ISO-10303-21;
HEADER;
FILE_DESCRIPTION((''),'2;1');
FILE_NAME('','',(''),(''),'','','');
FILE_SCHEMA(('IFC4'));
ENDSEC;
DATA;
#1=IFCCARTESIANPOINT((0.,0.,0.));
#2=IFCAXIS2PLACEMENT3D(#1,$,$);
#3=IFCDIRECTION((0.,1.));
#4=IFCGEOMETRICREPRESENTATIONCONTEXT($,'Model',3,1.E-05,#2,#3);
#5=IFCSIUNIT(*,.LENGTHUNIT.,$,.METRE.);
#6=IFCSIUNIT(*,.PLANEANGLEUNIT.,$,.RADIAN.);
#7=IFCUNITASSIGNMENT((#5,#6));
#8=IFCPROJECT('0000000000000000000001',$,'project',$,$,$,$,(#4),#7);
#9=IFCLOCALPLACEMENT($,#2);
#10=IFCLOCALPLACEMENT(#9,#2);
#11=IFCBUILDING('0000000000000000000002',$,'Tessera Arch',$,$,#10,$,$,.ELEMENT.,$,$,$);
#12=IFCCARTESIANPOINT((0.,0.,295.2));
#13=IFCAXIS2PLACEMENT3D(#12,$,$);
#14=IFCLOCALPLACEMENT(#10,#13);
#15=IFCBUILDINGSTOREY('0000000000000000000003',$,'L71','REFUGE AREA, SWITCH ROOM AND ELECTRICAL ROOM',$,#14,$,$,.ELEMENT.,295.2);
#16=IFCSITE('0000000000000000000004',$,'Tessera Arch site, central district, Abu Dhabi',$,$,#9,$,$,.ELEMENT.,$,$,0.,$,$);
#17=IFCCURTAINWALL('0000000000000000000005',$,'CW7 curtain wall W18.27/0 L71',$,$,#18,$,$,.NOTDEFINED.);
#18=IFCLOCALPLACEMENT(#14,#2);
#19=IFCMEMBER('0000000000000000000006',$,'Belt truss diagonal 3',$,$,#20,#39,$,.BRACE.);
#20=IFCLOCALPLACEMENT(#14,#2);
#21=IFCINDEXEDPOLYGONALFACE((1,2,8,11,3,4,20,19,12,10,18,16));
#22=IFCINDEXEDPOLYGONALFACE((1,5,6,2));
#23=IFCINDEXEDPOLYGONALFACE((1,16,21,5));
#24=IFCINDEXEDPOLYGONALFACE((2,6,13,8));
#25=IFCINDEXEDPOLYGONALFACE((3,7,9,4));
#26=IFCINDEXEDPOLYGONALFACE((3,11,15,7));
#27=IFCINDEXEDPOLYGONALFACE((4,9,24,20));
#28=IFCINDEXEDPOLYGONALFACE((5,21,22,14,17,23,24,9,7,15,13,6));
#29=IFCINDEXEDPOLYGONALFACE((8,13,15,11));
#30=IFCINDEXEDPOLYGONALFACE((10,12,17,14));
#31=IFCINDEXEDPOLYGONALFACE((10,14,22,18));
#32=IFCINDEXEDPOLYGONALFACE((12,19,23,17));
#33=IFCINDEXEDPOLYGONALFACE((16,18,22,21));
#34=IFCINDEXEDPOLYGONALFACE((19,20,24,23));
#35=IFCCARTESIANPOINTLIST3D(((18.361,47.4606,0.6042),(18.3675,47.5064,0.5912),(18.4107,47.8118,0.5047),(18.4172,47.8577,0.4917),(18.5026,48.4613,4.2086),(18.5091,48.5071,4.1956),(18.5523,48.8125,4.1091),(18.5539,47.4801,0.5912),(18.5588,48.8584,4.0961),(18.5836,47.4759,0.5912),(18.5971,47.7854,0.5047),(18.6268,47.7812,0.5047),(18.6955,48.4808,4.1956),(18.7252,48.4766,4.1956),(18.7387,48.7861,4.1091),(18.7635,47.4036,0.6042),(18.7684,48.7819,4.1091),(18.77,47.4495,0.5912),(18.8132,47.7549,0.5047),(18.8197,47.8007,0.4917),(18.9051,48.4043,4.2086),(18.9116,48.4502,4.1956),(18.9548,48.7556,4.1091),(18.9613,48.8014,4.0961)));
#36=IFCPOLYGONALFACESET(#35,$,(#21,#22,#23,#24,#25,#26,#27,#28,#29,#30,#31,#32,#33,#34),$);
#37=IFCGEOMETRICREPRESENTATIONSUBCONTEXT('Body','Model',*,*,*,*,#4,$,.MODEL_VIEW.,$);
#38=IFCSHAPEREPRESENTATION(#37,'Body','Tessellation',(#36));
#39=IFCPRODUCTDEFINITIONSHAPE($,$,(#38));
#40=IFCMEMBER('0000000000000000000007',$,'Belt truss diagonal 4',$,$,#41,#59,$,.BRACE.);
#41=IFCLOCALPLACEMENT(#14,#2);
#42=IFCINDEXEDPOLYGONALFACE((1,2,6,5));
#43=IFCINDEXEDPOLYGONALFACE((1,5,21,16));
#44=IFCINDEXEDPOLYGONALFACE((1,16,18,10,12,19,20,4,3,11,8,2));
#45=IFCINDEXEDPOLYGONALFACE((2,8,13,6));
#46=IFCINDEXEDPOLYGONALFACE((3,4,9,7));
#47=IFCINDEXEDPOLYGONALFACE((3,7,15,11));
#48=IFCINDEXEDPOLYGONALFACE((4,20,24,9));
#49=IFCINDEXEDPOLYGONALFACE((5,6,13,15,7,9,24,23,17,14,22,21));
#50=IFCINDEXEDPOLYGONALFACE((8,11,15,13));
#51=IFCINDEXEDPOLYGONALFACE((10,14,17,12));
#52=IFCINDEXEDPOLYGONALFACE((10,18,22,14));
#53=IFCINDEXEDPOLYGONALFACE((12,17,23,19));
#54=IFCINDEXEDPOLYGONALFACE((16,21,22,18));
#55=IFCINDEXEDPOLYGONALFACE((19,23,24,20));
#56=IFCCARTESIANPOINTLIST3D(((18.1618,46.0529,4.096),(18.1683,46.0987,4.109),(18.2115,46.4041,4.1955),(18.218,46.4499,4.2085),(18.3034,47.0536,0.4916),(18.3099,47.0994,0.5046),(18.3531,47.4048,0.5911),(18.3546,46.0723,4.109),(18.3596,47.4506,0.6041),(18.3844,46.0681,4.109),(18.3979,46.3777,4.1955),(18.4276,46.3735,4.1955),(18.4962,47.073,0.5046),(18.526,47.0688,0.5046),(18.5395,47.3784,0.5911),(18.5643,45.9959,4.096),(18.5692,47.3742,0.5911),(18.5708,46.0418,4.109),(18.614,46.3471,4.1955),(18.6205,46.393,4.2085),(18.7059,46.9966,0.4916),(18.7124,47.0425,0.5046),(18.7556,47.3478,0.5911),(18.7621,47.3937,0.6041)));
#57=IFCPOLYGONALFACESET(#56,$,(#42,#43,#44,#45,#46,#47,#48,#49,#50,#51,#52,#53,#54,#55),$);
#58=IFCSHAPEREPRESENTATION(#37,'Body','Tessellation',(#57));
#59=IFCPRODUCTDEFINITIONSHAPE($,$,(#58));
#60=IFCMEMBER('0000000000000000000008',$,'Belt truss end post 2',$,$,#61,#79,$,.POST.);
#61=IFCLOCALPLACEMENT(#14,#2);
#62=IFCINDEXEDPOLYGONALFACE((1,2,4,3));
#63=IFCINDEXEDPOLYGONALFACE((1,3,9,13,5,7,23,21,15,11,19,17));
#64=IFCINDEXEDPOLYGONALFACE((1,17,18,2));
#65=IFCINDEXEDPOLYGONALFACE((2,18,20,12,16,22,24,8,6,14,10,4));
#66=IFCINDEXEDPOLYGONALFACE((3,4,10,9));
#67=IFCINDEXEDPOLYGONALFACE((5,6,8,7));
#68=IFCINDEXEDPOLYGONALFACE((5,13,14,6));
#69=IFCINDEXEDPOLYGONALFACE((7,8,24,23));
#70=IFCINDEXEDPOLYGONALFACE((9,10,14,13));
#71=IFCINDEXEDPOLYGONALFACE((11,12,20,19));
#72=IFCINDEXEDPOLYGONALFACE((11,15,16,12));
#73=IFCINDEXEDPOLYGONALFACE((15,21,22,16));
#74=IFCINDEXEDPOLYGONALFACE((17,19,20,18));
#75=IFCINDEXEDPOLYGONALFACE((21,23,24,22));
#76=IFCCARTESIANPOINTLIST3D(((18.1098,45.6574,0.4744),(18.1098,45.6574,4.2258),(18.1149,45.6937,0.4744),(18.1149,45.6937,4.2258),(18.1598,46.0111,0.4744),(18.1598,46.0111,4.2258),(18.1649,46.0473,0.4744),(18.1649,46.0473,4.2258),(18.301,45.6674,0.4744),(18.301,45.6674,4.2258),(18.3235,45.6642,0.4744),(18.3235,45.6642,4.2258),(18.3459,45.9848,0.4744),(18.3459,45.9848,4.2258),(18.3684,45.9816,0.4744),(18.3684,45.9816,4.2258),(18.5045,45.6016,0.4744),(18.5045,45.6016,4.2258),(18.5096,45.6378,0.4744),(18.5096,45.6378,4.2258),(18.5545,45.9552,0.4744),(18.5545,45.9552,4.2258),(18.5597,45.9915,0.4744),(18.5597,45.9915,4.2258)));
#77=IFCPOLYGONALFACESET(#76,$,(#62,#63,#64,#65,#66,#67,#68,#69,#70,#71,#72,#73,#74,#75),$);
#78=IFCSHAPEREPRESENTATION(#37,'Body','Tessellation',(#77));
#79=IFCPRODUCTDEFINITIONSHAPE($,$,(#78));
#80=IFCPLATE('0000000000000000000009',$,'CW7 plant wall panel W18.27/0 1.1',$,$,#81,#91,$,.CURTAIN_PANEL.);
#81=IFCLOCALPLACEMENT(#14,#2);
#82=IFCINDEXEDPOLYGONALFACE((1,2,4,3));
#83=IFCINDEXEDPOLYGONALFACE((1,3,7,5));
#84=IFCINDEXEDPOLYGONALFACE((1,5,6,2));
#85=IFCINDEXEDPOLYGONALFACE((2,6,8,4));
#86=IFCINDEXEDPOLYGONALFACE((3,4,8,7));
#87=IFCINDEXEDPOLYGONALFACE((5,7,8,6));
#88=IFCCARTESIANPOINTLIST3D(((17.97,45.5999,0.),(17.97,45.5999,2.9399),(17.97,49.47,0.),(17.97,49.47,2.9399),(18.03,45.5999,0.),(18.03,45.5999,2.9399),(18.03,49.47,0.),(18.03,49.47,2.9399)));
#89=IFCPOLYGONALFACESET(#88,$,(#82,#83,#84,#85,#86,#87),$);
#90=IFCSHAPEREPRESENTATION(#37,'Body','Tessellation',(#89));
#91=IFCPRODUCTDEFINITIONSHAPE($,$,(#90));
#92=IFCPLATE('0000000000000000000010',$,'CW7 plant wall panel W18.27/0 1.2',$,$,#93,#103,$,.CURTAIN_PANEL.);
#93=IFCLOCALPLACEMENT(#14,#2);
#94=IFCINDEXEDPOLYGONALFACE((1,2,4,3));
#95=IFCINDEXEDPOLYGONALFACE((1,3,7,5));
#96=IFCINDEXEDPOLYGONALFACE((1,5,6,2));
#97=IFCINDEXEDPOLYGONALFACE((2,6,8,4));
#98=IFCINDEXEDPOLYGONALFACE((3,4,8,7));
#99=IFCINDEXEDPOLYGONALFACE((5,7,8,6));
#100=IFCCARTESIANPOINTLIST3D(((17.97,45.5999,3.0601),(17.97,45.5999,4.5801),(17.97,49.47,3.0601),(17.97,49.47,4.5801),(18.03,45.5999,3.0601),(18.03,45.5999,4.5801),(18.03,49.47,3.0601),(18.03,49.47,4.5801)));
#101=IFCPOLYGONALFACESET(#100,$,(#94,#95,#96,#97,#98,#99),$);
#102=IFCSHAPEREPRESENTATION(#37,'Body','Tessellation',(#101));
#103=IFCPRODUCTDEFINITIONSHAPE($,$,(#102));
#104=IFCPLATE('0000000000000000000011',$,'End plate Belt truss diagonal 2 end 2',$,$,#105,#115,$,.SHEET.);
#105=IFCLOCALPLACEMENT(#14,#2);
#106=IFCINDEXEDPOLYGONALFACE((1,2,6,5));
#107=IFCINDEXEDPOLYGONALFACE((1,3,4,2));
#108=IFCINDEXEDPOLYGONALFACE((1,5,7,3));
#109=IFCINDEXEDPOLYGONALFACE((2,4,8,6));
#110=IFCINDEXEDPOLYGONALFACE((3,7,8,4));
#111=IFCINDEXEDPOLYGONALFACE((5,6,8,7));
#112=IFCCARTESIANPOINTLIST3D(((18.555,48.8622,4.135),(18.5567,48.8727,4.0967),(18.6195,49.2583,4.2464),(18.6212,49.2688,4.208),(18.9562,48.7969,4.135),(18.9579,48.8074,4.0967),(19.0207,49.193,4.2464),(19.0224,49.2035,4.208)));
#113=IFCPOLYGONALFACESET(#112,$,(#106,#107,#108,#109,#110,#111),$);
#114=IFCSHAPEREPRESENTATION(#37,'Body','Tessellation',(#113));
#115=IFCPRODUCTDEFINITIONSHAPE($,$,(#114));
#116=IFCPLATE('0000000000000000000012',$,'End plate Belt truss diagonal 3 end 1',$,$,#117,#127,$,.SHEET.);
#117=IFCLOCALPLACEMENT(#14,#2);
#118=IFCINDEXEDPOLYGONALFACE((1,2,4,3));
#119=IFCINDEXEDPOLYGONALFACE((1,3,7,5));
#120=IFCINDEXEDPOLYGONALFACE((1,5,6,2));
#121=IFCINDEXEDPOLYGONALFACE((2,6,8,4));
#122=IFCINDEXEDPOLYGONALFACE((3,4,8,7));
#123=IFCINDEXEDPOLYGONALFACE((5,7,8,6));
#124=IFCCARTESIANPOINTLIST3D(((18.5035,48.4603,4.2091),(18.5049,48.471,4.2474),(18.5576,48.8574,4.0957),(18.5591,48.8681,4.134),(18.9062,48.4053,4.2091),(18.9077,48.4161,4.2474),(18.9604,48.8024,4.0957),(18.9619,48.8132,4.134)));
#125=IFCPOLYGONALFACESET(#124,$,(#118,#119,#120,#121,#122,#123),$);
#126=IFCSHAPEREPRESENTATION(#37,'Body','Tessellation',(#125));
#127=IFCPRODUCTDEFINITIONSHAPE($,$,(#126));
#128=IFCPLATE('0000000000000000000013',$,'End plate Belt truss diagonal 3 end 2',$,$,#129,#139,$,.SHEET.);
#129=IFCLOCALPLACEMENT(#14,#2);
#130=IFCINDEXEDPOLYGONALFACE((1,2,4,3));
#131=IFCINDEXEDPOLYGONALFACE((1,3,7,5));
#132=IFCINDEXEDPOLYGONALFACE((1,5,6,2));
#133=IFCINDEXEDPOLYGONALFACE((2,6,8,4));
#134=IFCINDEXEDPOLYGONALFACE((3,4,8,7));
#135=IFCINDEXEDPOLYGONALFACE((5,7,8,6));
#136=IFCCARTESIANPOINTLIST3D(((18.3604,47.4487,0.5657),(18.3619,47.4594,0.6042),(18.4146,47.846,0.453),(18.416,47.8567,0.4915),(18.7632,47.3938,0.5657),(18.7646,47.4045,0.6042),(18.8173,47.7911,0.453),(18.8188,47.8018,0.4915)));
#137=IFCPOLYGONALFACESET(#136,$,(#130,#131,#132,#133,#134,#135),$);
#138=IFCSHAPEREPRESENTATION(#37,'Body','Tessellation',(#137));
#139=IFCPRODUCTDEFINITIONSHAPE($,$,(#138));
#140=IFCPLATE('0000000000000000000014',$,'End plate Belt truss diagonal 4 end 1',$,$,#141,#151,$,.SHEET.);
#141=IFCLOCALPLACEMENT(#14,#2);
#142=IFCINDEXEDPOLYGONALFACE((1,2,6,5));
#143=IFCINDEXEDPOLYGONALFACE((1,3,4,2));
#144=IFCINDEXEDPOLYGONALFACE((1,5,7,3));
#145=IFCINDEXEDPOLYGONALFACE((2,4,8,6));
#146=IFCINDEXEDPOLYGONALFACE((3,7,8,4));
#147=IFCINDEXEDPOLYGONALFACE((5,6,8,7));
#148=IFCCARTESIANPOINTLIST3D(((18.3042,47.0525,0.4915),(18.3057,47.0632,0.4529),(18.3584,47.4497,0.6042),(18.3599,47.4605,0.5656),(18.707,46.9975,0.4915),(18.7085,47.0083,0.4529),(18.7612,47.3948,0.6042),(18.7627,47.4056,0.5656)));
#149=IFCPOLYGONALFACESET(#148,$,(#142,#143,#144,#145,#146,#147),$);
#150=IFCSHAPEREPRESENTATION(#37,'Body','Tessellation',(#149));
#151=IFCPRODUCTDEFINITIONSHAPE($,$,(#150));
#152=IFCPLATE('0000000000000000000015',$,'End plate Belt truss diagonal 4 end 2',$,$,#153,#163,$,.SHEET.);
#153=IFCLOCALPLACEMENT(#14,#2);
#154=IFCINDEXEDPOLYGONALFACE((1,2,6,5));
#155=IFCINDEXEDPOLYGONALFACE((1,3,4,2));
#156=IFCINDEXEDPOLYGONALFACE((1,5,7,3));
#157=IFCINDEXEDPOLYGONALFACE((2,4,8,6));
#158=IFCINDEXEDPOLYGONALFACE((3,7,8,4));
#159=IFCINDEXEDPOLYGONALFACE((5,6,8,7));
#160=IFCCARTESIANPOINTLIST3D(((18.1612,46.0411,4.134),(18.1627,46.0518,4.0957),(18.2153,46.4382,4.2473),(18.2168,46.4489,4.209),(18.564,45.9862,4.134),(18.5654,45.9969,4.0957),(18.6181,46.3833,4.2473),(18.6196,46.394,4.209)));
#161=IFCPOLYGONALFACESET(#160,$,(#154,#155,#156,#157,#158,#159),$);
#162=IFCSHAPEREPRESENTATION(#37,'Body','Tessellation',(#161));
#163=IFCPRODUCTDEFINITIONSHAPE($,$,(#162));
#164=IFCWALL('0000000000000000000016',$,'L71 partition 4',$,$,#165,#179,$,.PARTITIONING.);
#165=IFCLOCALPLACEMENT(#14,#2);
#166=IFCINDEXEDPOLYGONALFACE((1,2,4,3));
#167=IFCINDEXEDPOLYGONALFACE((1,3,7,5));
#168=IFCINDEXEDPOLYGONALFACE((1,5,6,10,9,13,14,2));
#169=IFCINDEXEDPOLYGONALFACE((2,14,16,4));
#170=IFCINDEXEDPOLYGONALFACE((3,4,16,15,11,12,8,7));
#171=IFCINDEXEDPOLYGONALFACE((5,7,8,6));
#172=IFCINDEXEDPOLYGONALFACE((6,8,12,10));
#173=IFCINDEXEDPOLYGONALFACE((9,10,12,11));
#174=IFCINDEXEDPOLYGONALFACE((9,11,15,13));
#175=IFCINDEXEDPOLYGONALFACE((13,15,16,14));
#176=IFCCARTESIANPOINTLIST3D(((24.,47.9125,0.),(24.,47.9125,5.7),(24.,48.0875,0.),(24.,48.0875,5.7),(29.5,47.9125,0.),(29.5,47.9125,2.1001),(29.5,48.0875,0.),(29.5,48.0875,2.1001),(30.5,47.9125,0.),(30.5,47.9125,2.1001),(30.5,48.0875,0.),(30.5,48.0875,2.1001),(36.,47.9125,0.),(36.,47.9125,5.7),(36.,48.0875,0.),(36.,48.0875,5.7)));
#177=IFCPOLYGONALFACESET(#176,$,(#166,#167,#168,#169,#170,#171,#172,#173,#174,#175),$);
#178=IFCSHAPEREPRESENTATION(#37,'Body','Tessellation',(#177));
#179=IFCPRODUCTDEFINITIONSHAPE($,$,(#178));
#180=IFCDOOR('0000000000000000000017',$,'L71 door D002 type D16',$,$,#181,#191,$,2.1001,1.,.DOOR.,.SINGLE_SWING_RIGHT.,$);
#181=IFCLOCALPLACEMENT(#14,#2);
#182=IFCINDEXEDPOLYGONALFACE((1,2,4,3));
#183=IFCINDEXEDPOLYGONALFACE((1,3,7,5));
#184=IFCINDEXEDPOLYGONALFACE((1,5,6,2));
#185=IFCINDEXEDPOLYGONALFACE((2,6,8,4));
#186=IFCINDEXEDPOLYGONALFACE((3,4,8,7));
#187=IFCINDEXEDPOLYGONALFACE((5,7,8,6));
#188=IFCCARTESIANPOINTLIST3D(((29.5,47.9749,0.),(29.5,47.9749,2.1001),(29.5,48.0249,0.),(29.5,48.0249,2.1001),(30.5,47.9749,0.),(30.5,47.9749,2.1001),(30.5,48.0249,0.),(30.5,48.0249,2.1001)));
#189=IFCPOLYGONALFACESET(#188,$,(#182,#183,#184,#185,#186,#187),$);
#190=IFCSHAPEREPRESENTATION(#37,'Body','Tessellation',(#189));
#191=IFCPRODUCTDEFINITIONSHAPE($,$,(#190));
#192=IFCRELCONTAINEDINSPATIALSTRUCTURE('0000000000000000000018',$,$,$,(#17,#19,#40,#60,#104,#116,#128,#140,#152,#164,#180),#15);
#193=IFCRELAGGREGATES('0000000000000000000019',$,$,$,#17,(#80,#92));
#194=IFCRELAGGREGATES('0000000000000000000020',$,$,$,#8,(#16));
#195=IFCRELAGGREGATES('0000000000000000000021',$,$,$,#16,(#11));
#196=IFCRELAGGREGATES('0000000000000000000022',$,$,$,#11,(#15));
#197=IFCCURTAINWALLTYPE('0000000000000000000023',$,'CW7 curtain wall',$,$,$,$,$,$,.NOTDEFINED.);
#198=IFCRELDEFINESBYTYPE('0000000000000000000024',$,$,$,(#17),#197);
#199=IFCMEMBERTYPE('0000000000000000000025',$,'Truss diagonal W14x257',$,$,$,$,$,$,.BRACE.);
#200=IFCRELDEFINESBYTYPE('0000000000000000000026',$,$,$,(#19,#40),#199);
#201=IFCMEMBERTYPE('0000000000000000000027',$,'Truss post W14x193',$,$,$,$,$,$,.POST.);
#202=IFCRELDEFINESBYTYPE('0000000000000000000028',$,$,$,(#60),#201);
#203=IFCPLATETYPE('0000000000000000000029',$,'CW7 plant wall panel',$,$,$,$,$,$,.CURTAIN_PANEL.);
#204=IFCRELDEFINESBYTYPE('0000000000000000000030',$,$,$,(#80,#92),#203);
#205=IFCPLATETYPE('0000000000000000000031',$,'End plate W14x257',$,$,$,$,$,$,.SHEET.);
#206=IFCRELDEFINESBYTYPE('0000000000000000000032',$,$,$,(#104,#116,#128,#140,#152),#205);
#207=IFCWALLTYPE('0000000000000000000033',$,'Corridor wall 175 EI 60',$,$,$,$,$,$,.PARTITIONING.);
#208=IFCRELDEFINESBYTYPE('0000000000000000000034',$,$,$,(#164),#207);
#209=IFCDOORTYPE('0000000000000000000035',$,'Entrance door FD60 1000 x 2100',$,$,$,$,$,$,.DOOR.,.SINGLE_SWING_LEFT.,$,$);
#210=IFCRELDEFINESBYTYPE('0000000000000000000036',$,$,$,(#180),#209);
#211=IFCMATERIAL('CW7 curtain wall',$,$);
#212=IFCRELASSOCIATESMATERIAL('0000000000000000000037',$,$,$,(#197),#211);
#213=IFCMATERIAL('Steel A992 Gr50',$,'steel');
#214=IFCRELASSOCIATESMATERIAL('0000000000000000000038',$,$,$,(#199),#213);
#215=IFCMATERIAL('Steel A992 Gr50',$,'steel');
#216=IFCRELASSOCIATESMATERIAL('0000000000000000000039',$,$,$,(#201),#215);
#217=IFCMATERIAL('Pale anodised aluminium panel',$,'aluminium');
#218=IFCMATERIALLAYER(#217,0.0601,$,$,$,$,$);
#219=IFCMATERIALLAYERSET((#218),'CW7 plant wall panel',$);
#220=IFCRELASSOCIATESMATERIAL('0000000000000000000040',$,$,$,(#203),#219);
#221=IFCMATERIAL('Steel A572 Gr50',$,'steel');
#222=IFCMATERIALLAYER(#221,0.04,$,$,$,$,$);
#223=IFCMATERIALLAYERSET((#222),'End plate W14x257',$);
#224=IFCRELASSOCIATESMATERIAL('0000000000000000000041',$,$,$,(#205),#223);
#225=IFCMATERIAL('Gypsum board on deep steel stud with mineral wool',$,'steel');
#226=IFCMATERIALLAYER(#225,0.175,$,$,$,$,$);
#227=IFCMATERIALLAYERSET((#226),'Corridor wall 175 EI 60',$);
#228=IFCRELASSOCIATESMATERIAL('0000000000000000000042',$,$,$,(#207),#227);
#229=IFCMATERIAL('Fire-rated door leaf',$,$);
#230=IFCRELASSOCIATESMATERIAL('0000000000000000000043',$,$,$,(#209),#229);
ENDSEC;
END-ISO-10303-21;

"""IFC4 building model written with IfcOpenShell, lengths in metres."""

from ifc_helpers import new_model, si_unit, direction, frame, frame_2d, origin, origin_2d, place, context, subcontext, project, spatial, rectangle, i_section, extrude, material, layer, layer_set, material_profile, profile_set, type_object, element, fill, aggregate, save


model = new_model("IFC4")

# Units and contexts
model_context = context("Model", 3, precision=1e-05, world=origin(), true_north=direction((0.0, 1.0)))
body_context = subcontext(model_context, "Body", "Model", "MODEL_VIEW")
ifc_project = project(units=[si_unit("LENGTHUNIT", "METRE"), si_unit("PLANEANGLEUNIT", "RADIAN")], contexts=[model_context])

# Site, building, storey
site_placement = place(None, origin())
site = spatial("IfcSite", under=ifc_project, at=site_placement, Name="Tessera Arch site, central district, Abu Dhabi", CompositionType="ELEMENT", RefElevation=0.0)
building_placement = place(site_placement, origin())
building = spatial("IfcBuilding", under=site, at=building_placement, Name="Tessera Arch", CompositionType="ELEMENT")
storey_placement = place(building_placement, frame((0.0, 0.0, 295.2)))
storey = spatial("IfcBuildingStorey", under=building, at=storey_placement, Name="L71", Description="REFUGE AREA, SWITCH ROOM AND ELECTRICAL ROOM", CompositionType="ELEMENT", Elevation=295.2)

# Curtain wall
ifc_material_1 = material(Name="CW7 curtain wall")
curtain_wall_type = type_object("IfcCurtainWallType", Name="CW7 curtain wall", PredefinedType="NOTDEFINED", material=ifc_material_1)
curtain_wall_1_placement = place(storey_placement, origin())
curtain_wall_1 = element("IfcCurtainWall", 1, at=curtain_wall_1_placement, inside=storey, type_object=curtain_wall_type, Name="CW7 curtain wall W18.27/0 L71", PredefinedType="NOTDEFINED")

# Members
ifc_material_2 = material(Name="Steel A992 Gr50", Category="steel")
ifc_material_profile_1 = material_profile(ifc_material_2, i_section(OverallWidth=0.4065, OverallDepth=0.4165, WebThickness=0.03, FlangeThickness=0.0481, at=origin_2d()), Name="W14x257")
ifc_profile_set_1 = profile_set([ifc_material_profile_1], Name="Steel A992 Gr50")
member_type_1 = type_object("IfcMemberType", Name="Truss diagonal W14x257", PredefinedType="BRACE", material=ifc_profile_set_1)
for number, where, z_axis, x_axis, name in (
    (2, (18.7319, 48.6313, 4.1523), (-0.037826, -0.267325, -0.962864), (0.990137, -0.140102, 0.0), "Belt truss diagonal 3"),
    (3, (18.5327, 47.2236, 0.5479), (-0.037826, -0.267325, 0.962864), (0.990137, -0.140102, 0.0), "Belt truss diagonal 4"),
):
    element("IfcMember", number, at=place(storey_placement, frame(where, z_axis=z_axis, x_axis=x_axis)), inside=storey, type_object=member_type_1, Name=name, PredefinedType="BRACE", context=body_context, shape_type="SweptSolid", body=[
        extrude(i_section(OverallWidth=0.4065, OverallDepth=0.4165, WebThickness=0.03, FlangeThickness=0.0481, at=origin_2d()), origin(), (0.0, 0.0, 1.0), 3.7434),
    ])
ifc_material_3 = material(Name="Steel A992 Gr50", Category="steel")
ifc_material_profile_2 = material_profile(ifc_material_3, i_section(OverallWidth=0.3987, OverallDepth=0.3938, WebThickness=0.0227, FlangeThickness=0.0366, at=origin_2d()), Name="W14x193")
ifc_profile_set_2 = profile_set([ifc_material_profile_2], Name="Steel A992 Gr50")
member_type_2 = type_object("IfcMemberType", Name="Truss post W14x193", PredefinedType="POST", material=ifc_profile_set_2)
member_1_placement = place(storey_placement, frame((18.3347, 45.8245, 0.4744), z_axis=(0.0, 0.0, 1.0), x_axis=(-0.990139, 0.140089, 0.0)))
element("IfcMember", 4, at=member_1_placement, inside=storey, type_object=member_type_2, Name="Belt truss end post 2", PredefinedType="POST", context=body_context, shape_type="SweptSolid", body=[
    extrude(i_section(OverallWidth=0.3987, OverallDepth=0.3938, WebThickness=0.0227, FlangeThickness=0.0366, at=origin_2d()), origin(), (0.0, 0.0, 1.0), 3.7515),
])

# Plates
ifc_material_4 = material(Name="Pale anodised aluminium panel", Category="aluminium")
ifc_layer_1 = layer(ifc_material_4, 0.0601)
ifc_layer_set_1 = layer_set([ifc_layer_1], Name="CW7 plant wall panel")
plate_type_1 = type_object("IfcPlateType", Name="CW7 plant wall panel", PredefinedType="CURTAIN_PANEL", material=ifc_layer_set_1)
plate_1_placement = place(storey_placement, frame((18.0, 47.5349, 0.0), z_axis=(0.0, 0.0, 1.0), x_axis=(0.0, -1.0, 0.0)))
plate_1 = element("IfcPlate", 5, at=plate_1_placement, type_object=plate_type_1, Name="CW7 plant wall panel W18.27/0 1.1", PredefinedType="CURTAIN_PANEL", context=body_context, shape_type="SweptSolid", body=[
    extrude(rectangle(XDim=3.8701, YDim=0.0601, at=origin_2d()), origin(), (0.0, 0.0, 1.0), 2.9399),
])
plate_2_placement = place(storey_placement, frame((18.0, 47.5349, 3.0601), z_axis=(0.0, 0.0, 1.0), x_axis=(0.0, -1.0, 0.0)))
plate_2 = element("IfcPlate", 6, at=plate_2_placement, type_object=plate_type_1, Name="CW7 plant wall panel W18.27/0 1.2", PredefinedType="CURTAIN_PANEL", context=body_context, shape_type="SweptSolid", body=[
    extrude(rectangle(XDim=3.8701, YDim=0.0601, at=origin_2d()), origin(), (0.0, 0.0, 1.0), 1.52),
])
aggregate(curtain_wall_1, [plate_1, plate_2])

# Plates
ifc_material_5 = material(Name="Steel A572 Gr50", Category="steel")
ifc_layer_2 = layer(ifc_material_5, 0.04)
ifc_layer_set_2 = layer_set([ifc_layer_2], Name="End plate W14x257")
plate_type_2 = type_object("IfcPlateType", Name="End plate W14x257", PredefinedType="SHEET", material=ifc_layer_set_2)
for number, where, z_axis, x_axis, name in (
    (7, (18.7896, 49.0381, 4.1523), (-0.042963, -0.263913, 0.963589), (0.987007, -0.160676, 0.0), "End plate Belt truss diagonal 2 end 2"),
    (8, (18.7334, 48.6421, 4.1907), (-0.036774, -0.269675, -0.962249), (0.99083, -0.135113, 0.0), "End plate Belt truss diagonal 3 end 1"),
):
    element("IfcPlate", number, at=place(storey_placement, frame(where, z_axis=z_axis, x_axis=x_axis)), inside=storey, type_object=plate_type_2, Name=name, PredefinedType="SHEET", context=body_context, shape_type="SweptSolid", body=[
        extrude(rectangle(XDim=0.4065, YDim=0.4165, at=origin_2d()), origin(), (0.0, 0.0, 1.0), 0.0398),
    ])
for number, where, z_axis, x_axis, name in (
    (9, (18.5903, 47.6306, 0.5479), (-0.036558, -0.268093, -0.962699), (0.99083, -0.135113, 0.0), "End plate Belt truss diagonal 3 end 2"),
    (10, (18.5342, 47.2344, 0.5093), (-0.036558, -0.268093, 0.962699), (0.99083, -0.135113, 0.0), "End plate Belt truss diagonal 4 end 1"),
):
    element("IfcPlate", number, at=place(storey_placement, frame(where, z_axis=z_axis, x_axis=x_axis)), inside=storey, type_object=plate_type_2, Name=name, PredefinedType="SHEET", context=body_context, shape_type="SweptSolid", body=[
        extrude(rectangle(XDim=0.4065, YDim=0.4165, at=origin_2d()), origin(), (0.0, 0.0, 1.0), 0.04),
    ])
plate_3_placement = place(storey_placement, frame((18.3911, 46.2229, 4.1523), z_axis=(-0.036774, -0.269675, 0.962249), x_axis=(0.99083, -0.135113, 0.0)))
element("IfcPlate", 11, at=plate_3_placement, inside=storey, type_object=plate_type_2, Name="End plate Belt truss diagonal 4 end 2", PredefinedType="SHEET", context=body_context, shape_type="SweptSolid", body=[
    extrude(rectangle(XDim=0.4065, YDim=0.4165, at=origin_2d()), origin(), (0.0, 0.0, 1.0), 0.0398),
])

# Wall, opening, door
ifc_material_6 = material(Name="Gypsum board on deep steel stud with mineral wool", Category="steel")
ifc_layer_3 = layer(ifc_material_6, 0.175)
ifc_layer_set_3 = layer_set([ifc_layer_3], Name="Corridor wall 175 EI 60")
wall_type = type_object("IfcWallType", Name="Corridor wall 175 EI 60", PredefinedType="PARTITIONING", material=ifc_layer_set_3)
wall_placement = place(storey_placement, frame((24.0, 48.0, 0.0), z_axis=(0.0, 0.0, 1.0), x_axis=(1.0, 0.0, 0.0)))
wall = element("IfcWall", 12, at=wall_placement, inside=storey, type_object=wall_type, Name="L71 partition 4", PredefinedType="PARTITIONING", context=body_context, shape_type="SweptSolid", body=[
    extrude(rectangle(XDim=12.0, YDim=0.175, at=frame_2d((6.0, 0.0))), origin(), (0.0, 0.0, 1.0), 5.7),
])
opening_placement = place(wall_placement, frame((5.5, 0.0, 0.0)))
opening = element("IfcOpeningElement", 13, at=opening_placement, cuts=wall, PredefinedType="OPENING", context=body_context, shape_type="SweptSolid", body=[
    extrude(rectangle(XDim=1.0, YDim=2.1001, at=frame_2d((0.5, 1.05))), frame((0.0, 0.0974, 0.0), z_axis=(0.0, -1.0, 0.0), x_axis=(1.0, 0.0, 0.0)), (0.0, 0.0, 1.0), 0.1951),
])
ifc_material_7 = material(Name="Fire-rated door leaf")
door_type = type_object("IfcDoorType", Name="Entrance door FD60 1000 x 2100", OperationType="SINGLE_SWING_LEFT", PredefinedType="DOOR", material=ifc_material_7)
door_placement = place(opening_placement, origin())
door = element("IfcDoor", 14, at=door_placement, inside=storey, type_object=door_type, Name="L71 door D002 type D16", OperationType="SINGLE_SWING_RIGHT", OverallHeight=2.1001, OverallWidth=1.0, PredefinedType="DOOR", context=body_context, shape_type="SweptSolid", body=[
    extrude(rectangle(XDim=1.0, YDim=2.1001, at=frame_2d((0.5, 1.05))), frame((0.0, 0.0249, 0.0), z_axis=(0.0, -1.0, 0.0), x_axis=(1.0, 0.0, 0.0)), (0.0, 0.0, 1.0), 0.05),
])
fill(opening, door)

save(model, "model.ifc")
